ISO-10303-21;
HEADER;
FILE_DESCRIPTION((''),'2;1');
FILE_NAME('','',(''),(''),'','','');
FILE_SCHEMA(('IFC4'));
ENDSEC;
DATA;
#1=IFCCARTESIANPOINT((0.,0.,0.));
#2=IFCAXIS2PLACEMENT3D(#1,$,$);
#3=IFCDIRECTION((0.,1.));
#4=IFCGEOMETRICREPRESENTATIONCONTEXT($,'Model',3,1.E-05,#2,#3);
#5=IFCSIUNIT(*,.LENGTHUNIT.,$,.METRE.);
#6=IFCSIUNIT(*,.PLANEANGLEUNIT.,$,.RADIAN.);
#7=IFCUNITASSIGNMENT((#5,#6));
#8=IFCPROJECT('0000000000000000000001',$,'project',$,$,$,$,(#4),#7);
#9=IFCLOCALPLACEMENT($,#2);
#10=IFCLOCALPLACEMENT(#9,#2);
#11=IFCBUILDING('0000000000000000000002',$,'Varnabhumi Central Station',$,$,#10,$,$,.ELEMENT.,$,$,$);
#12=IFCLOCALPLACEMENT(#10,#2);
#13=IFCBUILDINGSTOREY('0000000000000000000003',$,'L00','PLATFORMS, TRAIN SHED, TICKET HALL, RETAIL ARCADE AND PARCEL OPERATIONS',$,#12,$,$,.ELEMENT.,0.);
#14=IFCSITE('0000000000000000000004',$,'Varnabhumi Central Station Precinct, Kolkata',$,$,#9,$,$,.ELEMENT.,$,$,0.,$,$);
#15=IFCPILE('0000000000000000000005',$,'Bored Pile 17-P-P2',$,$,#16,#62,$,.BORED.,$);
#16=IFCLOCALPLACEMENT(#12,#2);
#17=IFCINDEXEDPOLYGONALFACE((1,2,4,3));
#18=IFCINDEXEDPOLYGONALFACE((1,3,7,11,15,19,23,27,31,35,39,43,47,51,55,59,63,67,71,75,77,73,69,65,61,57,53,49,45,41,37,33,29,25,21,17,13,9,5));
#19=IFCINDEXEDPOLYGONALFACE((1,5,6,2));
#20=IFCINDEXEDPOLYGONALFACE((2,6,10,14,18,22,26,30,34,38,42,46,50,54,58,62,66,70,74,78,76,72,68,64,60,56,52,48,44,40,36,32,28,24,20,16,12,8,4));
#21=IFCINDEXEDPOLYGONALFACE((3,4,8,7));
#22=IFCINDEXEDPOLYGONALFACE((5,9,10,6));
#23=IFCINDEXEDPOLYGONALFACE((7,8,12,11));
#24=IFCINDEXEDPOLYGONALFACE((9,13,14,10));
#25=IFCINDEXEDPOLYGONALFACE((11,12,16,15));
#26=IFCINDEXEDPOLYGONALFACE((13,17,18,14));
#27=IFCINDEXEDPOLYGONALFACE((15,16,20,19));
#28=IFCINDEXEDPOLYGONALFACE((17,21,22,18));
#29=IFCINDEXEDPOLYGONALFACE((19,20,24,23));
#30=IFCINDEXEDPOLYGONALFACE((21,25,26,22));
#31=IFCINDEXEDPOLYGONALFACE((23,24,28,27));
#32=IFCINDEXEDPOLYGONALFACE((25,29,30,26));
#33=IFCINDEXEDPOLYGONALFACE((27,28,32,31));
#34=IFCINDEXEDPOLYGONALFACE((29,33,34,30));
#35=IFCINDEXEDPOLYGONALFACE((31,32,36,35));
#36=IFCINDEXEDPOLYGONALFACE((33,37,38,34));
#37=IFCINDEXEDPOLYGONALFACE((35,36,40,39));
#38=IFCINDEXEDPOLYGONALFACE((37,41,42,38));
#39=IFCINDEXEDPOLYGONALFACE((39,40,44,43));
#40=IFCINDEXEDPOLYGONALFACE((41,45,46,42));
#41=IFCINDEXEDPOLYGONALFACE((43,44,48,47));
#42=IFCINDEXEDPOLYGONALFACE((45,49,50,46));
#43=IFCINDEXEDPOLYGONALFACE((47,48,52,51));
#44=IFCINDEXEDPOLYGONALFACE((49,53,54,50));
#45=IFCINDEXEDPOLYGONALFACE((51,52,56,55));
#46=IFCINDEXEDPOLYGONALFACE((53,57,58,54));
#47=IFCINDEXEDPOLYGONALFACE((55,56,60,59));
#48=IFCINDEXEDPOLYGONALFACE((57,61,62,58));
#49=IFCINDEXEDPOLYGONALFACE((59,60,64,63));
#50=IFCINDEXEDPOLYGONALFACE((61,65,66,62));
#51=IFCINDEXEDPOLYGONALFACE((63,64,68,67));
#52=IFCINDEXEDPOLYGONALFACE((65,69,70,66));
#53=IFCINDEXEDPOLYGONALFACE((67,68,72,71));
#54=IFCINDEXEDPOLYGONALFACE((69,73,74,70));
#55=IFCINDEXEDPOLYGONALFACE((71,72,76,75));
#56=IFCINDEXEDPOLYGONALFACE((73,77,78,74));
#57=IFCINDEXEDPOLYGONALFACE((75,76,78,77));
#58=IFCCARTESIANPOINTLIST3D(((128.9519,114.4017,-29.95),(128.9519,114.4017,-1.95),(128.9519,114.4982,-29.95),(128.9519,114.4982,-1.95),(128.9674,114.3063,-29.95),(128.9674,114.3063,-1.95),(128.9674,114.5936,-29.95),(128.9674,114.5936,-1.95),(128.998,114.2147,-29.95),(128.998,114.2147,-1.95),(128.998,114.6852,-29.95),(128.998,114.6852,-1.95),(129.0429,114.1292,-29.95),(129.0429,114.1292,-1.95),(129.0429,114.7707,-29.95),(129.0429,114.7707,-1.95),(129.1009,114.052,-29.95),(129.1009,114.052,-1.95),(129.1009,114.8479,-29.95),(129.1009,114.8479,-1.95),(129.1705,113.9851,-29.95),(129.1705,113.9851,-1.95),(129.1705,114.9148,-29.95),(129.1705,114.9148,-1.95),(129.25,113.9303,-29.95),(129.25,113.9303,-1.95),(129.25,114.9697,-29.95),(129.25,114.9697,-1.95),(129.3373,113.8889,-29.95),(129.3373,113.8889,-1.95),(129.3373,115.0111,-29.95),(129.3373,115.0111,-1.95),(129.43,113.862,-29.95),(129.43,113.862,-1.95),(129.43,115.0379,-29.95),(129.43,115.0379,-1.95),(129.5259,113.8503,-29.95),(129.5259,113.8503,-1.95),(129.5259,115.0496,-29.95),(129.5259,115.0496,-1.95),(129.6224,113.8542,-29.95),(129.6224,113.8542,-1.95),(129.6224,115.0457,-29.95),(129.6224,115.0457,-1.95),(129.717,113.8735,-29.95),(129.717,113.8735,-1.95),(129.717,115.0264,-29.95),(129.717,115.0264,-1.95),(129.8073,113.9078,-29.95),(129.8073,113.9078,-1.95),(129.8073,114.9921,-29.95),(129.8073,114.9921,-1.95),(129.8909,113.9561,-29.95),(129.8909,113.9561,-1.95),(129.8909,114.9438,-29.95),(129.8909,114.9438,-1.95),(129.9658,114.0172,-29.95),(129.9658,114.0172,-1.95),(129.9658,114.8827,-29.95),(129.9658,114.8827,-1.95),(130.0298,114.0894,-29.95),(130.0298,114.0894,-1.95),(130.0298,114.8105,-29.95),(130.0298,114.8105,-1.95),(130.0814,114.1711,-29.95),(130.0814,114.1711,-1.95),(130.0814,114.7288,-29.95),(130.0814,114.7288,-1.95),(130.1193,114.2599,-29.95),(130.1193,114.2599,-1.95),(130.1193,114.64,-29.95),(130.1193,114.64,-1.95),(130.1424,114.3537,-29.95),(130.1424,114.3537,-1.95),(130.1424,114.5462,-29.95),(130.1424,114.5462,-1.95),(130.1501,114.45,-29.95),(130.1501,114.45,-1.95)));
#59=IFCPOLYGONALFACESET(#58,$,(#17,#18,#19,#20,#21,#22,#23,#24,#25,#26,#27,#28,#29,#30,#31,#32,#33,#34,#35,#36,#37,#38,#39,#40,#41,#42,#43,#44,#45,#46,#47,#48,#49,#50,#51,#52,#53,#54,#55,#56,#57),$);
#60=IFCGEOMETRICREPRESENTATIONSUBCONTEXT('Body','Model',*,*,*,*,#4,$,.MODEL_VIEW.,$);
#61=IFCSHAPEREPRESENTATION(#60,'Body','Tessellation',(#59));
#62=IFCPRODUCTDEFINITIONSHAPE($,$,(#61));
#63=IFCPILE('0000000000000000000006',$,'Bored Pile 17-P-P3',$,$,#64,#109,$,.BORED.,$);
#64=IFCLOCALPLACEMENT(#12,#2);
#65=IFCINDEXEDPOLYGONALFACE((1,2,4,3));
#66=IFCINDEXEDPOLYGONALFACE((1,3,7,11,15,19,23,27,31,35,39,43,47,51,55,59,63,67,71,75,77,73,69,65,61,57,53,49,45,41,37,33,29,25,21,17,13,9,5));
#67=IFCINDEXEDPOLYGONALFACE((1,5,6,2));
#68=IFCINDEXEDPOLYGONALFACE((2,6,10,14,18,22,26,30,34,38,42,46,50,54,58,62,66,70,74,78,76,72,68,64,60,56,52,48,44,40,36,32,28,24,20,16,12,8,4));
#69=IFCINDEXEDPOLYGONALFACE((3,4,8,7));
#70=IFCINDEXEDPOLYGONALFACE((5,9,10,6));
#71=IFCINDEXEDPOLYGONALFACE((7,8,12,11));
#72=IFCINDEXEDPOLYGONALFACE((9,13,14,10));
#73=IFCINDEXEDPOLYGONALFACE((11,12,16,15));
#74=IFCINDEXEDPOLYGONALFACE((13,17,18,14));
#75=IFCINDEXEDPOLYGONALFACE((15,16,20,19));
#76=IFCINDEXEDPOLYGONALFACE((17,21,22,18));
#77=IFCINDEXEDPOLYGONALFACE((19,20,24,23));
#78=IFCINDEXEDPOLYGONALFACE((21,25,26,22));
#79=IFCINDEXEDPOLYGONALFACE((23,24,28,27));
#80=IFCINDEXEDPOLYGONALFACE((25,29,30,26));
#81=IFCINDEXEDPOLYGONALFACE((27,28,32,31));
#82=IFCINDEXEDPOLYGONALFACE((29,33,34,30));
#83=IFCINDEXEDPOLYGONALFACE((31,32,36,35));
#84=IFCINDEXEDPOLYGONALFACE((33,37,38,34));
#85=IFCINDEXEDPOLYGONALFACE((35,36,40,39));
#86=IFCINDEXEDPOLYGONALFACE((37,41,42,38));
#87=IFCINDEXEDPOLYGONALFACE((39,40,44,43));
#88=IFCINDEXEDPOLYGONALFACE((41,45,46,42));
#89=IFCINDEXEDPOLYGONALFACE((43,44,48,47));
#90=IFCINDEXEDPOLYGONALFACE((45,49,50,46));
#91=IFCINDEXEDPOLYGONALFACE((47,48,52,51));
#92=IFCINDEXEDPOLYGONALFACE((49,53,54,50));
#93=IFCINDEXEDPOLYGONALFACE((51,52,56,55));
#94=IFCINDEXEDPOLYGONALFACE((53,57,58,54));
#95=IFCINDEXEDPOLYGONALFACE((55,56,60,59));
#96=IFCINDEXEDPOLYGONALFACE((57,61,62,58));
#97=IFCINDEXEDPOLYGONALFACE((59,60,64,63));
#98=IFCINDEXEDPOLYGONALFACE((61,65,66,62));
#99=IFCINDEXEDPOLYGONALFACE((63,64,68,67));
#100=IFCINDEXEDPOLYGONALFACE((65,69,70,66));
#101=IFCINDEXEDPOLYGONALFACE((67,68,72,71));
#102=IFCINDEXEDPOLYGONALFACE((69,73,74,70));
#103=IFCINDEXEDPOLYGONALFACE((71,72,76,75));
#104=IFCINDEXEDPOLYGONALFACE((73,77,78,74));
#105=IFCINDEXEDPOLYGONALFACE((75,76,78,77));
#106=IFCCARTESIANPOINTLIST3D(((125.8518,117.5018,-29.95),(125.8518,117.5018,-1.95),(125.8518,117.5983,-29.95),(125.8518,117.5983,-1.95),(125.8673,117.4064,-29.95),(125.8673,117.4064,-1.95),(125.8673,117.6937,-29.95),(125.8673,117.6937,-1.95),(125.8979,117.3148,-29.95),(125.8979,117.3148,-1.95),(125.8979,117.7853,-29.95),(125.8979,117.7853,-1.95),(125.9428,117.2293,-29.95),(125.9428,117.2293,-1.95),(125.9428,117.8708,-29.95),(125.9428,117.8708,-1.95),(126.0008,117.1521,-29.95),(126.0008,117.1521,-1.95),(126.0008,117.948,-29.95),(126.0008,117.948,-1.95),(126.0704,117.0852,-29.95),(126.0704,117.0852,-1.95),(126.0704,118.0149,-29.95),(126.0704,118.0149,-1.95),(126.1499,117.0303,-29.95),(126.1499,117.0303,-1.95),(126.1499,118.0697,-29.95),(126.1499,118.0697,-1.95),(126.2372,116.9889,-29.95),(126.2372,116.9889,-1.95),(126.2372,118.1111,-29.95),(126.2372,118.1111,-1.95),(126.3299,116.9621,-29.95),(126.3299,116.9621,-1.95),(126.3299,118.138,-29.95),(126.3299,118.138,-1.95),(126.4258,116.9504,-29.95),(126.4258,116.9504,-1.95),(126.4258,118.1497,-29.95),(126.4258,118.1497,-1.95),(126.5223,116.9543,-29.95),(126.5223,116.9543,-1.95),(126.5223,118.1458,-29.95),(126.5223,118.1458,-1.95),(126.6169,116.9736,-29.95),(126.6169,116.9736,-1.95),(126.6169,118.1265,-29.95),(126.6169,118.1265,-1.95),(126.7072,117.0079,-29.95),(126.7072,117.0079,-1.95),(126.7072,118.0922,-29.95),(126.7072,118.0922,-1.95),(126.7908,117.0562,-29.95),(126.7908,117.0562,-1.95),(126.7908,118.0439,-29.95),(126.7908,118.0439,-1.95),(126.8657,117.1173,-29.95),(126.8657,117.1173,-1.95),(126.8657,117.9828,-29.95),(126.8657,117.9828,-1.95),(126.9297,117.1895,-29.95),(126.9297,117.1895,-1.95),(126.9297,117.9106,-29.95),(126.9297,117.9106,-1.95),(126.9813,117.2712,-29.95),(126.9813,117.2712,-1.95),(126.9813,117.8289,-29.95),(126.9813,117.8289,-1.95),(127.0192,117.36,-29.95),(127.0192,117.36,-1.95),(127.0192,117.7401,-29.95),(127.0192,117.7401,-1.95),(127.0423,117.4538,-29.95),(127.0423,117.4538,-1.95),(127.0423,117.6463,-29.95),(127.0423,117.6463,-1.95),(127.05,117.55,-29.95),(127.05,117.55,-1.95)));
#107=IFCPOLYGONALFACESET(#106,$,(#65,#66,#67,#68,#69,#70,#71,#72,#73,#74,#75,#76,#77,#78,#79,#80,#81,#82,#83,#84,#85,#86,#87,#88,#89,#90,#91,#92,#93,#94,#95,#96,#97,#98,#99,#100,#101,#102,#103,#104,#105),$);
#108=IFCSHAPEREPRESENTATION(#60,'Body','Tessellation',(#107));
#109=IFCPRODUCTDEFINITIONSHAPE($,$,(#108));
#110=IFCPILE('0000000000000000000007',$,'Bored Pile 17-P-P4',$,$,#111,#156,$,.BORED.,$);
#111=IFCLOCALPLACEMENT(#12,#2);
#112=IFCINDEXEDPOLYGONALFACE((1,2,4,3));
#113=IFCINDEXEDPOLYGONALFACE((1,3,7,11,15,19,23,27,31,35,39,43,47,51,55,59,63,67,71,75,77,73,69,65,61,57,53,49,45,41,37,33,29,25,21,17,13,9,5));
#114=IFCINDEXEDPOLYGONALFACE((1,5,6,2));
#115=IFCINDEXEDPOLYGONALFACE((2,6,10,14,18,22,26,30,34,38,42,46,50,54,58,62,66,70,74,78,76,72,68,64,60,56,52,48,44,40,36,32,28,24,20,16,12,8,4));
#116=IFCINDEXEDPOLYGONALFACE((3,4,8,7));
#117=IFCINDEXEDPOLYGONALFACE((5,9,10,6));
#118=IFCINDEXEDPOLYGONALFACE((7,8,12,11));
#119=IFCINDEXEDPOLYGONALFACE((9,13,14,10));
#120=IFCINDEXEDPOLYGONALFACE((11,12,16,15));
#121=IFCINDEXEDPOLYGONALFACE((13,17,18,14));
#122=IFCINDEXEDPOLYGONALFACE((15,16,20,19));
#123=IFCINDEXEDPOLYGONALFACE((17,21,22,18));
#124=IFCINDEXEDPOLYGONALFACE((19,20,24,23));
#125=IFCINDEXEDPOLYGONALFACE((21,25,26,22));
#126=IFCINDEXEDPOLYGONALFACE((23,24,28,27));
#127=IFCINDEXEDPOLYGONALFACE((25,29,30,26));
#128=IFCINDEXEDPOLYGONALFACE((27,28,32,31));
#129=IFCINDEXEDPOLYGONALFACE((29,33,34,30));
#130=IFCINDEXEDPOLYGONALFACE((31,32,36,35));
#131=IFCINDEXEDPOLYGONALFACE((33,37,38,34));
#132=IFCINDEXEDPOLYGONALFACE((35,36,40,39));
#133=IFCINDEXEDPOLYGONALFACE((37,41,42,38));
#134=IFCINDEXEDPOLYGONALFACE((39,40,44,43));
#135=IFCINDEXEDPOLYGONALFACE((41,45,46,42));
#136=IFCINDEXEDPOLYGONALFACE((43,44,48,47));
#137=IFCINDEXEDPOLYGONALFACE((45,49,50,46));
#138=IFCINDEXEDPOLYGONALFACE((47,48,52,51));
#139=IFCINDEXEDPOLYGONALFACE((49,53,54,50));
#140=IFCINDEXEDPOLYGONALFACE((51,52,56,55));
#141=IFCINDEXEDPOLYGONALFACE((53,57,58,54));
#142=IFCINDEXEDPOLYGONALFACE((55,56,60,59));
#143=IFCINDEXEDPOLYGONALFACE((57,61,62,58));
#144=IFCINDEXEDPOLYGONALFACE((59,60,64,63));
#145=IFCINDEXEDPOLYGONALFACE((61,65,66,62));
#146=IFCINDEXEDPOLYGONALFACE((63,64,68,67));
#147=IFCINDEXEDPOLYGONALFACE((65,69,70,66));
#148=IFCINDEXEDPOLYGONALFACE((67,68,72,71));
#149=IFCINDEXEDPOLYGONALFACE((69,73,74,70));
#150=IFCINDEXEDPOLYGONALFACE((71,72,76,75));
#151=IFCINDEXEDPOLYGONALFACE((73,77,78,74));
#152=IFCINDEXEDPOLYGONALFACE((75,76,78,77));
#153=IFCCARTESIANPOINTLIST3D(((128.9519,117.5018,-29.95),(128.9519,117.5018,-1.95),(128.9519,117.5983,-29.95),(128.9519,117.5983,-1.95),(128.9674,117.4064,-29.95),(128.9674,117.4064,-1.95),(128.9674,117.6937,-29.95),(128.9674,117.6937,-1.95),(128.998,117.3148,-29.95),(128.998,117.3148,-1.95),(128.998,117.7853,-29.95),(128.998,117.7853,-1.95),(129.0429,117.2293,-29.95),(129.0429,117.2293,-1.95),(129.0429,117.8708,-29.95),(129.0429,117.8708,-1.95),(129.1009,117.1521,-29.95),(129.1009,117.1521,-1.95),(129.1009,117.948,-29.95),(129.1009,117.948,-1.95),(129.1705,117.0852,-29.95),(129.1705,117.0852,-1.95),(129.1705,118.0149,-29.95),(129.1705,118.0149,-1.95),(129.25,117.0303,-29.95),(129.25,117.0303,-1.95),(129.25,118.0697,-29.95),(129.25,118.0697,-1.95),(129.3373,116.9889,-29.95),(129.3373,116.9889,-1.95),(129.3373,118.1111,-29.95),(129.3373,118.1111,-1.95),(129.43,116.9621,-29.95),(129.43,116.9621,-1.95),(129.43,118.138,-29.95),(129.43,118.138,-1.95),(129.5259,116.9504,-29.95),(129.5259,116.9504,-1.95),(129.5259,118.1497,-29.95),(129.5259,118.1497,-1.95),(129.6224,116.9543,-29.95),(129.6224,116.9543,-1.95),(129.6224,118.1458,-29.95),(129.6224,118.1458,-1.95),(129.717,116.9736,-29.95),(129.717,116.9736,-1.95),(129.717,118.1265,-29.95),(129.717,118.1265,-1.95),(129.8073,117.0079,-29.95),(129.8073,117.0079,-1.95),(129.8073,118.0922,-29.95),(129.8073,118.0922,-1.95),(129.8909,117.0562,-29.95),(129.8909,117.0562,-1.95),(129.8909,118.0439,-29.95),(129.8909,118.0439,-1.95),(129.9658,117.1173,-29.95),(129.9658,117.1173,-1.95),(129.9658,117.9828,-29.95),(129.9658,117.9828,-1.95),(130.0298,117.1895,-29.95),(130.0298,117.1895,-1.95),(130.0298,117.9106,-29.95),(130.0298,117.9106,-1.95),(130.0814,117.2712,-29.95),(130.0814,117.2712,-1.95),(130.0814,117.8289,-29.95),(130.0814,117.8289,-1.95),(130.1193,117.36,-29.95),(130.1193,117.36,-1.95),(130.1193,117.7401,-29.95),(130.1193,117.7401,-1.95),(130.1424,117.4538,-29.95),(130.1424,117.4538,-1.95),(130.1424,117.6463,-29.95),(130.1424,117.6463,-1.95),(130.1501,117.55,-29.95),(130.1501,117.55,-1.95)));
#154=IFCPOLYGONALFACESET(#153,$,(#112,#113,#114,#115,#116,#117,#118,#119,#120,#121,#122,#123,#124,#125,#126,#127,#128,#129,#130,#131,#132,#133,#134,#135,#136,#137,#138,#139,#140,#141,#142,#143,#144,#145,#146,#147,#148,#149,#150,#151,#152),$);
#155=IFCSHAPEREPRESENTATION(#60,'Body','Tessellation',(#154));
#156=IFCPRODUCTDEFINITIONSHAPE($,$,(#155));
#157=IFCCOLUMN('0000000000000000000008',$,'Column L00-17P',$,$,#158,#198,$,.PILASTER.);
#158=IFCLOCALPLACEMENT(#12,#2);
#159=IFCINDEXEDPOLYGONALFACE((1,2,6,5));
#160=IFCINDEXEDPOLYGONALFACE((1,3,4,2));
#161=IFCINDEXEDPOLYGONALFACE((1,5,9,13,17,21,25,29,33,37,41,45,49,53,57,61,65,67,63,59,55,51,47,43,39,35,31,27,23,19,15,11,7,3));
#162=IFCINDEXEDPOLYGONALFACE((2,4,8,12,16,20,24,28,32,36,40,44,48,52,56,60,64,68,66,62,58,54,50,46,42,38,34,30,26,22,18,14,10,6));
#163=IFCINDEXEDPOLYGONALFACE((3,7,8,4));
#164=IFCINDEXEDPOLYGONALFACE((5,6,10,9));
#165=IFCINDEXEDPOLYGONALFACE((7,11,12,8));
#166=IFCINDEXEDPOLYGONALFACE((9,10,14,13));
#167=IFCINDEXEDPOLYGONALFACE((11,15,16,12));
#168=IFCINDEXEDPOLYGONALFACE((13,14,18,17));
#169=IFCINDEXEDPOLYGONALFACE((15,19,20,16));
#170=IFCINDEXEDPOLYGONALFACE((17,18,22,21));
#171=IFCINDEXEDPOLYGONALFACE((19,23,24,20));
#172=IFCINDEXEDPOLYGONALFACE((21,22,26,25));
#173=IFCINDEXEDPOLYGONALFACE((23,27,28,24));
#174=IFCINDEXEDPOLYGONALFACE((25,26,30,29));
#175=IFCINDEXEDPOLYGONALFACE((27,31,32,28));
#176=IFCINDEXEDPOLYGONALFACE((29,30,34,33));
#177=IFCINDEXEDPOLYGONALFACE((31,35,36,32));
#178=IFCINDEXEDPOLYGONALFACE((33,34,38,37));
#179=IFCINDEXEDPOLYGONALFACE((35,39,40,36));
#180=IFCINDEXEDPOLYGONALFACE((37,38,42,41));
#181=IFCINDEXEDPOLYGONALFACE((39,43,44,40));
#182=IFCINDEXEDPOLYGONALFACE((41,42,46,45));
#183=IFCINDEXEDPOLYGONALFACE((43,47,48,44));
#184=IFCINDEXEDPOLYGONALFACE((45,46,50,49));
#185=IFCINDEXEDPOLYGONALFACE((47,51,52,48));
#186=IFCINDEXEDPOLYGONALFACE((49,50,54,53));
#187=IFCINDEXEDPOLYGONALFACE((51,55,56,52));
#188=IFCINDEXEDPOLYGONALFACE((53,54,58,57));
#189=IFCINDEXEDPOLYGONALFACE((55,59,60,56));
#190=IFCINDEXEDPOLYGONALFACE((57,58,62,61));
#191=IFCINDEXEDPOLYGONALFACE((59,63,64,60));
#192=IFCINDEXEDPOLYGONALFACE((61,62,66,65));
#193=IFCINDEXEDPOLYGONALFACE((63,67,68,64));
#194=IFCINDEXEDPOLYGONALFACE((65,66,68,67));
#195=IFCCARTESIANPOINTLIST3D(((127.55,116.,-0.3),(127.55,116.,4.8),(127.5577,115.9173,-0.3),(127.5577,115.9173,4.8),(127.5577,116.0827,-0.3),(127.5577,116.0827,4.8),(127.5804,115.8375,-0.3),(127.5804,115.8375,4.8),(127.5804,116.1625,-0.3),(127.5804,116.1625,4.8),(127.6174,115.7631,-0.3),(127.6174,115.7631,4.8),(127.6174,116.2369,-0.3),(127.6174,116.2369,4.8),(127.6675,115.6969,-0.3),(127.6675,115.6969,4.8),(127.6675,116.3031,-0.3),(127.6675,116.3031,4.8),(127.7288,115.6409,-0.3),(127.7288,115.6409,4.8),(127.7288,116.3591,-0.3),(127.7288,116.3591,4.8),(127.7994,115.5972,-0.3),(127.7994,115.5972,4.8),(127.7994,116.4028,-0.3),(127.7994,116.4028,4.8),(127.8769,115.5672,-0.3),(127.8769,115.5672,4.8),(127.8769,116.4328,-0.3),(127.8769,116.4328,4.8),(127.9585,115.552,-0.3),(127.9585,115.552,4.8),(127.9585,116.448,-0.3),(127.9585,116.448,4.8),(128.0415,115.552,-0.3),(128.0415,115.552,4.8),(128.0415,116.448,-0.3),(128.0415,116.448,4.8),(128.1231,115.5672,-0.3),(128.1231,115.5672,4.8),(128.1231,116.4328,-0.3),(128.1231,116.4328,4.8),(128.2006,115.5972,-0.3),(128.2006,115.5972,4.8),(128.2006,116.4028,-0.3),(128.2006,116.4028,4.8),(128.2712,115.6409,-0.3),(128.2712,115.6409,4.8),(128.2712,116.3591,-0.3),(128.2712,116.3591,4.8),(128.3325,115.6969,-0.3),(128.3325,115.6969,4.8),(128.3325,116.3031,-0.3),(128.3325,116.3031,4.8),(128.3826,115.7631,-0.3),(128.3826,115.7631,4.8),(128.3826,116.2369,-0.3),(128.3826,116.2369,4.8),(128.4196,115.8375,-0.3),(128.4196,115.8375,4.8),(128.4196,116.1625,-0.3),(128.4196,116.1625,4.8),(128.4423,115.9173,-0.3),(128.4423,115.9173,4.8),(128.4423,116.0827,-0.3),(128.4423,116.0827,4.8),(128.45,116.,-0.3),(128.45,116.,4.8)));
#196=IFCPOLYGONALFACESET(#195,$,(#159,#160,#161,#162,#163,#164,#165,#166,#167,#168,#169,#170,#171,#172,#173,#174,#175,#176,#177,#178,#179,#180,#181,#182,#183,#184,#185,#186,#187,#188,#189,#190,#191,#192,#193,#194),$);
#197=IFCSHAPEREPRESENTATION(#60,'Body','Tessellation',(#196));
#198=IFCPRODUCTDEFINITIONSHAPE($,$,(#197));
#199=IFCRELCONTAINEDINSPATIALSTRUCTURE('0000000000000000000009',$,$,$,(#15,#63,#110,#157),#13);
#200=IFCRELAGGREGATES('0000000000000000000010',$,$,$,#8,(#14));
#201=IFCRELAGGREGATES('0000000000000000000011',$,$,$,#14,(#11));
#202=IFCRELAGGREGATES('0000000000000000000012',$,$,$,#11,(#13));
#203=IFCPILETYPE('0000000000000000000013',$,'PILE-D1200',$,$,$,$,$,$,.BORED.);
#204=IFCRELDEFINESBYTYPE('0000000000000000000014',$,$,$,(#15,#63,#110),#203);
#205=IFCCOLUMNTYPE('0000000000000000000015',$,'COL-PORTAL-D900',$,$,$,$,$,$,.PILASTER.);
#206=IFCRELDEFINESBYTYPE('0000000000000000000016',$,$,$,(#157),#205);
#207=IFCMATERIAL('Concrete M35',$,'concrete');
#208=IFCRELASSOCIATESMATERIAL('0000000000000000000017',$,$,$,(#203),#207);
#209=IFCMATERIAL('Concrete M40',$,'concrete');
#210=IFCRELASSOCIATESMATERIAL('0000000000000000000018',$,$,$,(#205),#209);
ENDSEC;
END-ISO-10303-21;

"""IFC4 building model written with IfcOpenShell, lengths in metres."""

from ifc_helpers import new_model, si_unit, direction, frame, origin, origin_2d, place, context, subcontext, project, spatial, circle, extrude, material, material_profile, profile_set, type_object, element, save


model = new_model("IFC4")

# Units and contexts
model_context = context("Model", 3, precision=1e-05, world=origin(), true_north=direction((0.0, 1.0)))
body_context = subcontext(model_context, "Body", "Model", "MODEL_VIEW")
ifc_project = project(units=[si_unit("LENGTHUNIT", "METRE"), si_unit("PLANEANGLEUNIT", "RADIAN")], contexts=[model_context])

# Site, building, storey
site_placement = place(None, origin())
site = spatial("IfcSite", under=ifc_project, at=site_placement, Name="Varnabhumi Central Station Precinct, Kolkata", CompositionType="ELEMENT", RefElevation=0.0)
building_placement = place(site_placement, origin())
building = spatial("IfcBuilding", under=site, at=building_placement, Name="Varnabhumi Central Station", CompositionType="ELEMENT")
storey_placement = place(building_placement, origin())
storey = spatial("IfcBuildingStorey", under=building, at=storey_placement, Name="L00", Description="PLATFORMS, TRAIN SHED, TICKET HALL, RETAIL ARCADE AND PARCEL OPERATIONS", CompositionType="ELEMENT", Elevation=0.0)

# Shared definitions
ifc_material_1 = material(Name="Concrete M40", Category="concrete")

# Piles
ifc_material_2 = material(Name="Concrete M35", Category="concrete")
ifc_material_profile_1 = material_profile(ifc_material_2, circle(Radius=0.6001, at=origin_2d()), Name="Concrete M35", Category="concrete")
ifc_profile_set_1 = profile_set([ifc_material_profile_1], Name="Concrete M35")
pile_type = type_object("IfcPileType", Name="PILE-D1200", PredefinedType="BORED", material=ifc_profile_set_1)
for number, where, z_axis, x_axis, name in (
    (1, (129.55, 114.45, -1.95), (0.0, 0.0, -1.0), (1.0, 0.0, 0.0), "Bored Pile 17-P-P2"),
    (2, (126.45, 117.55, -1.95), (0.0, 0.0, -1.0), (1.0, 0.0, 0.0), "Bored Pile 17-P-P3"),
    (3, (129.55, 117.55, -1.95), (0.0, 0.0, -1.0), (1.0, 0.0, 0.0), "Bored Pile 17-P-P4"),
):
    element("IfcPile", number, at=place(storey_placement, frame(where, z_axis=z_axis, x_axis=x_axis)), inside=storey, type_object=pile_type, Name=name, PredefinedType="BORED", context=body_context, shape_type="SweptSolid", body=[
        extrude(circle(Radius=0.6001, at=origin_2d()), origin(), (0.0, 0.0, 1.0), 28.0),
    ])

# Column
ifc_material_profile_2 = material_profile(ifc_material_1, circle(Radius=0.45, at=origin_2d()), Name="Concrete M40", Category="concrete")
ifc_profile_set_2 = profile_set([ifc_material_profile_2], Name="Concrete M40")
column_type = type_object("IfcColumnType", Name="COL-PORTAL-D900", PredefinedType="PILASTER", material=ifc_profile_set_2)
column_placement = place(storey_placement, frame((128.0, 116.0, -0.3), z_axis=(0.0, 0.0, 1.0), x_axis=(1.0, 0.0, 0.0)))
element("IfcColumn", 4, at=column_placement, inside=storey, type_object=column_type, Name="Column L00-17P", PredefinedType="PILASTER", context=body_context, shape_type="SweptSolid", body=[
    extrude(circle(Radius=0.45, at=origin_2d()), origin(), (0.0, 0.0, 1.0), 5.1001),
])

save(model, "model.ifc")
